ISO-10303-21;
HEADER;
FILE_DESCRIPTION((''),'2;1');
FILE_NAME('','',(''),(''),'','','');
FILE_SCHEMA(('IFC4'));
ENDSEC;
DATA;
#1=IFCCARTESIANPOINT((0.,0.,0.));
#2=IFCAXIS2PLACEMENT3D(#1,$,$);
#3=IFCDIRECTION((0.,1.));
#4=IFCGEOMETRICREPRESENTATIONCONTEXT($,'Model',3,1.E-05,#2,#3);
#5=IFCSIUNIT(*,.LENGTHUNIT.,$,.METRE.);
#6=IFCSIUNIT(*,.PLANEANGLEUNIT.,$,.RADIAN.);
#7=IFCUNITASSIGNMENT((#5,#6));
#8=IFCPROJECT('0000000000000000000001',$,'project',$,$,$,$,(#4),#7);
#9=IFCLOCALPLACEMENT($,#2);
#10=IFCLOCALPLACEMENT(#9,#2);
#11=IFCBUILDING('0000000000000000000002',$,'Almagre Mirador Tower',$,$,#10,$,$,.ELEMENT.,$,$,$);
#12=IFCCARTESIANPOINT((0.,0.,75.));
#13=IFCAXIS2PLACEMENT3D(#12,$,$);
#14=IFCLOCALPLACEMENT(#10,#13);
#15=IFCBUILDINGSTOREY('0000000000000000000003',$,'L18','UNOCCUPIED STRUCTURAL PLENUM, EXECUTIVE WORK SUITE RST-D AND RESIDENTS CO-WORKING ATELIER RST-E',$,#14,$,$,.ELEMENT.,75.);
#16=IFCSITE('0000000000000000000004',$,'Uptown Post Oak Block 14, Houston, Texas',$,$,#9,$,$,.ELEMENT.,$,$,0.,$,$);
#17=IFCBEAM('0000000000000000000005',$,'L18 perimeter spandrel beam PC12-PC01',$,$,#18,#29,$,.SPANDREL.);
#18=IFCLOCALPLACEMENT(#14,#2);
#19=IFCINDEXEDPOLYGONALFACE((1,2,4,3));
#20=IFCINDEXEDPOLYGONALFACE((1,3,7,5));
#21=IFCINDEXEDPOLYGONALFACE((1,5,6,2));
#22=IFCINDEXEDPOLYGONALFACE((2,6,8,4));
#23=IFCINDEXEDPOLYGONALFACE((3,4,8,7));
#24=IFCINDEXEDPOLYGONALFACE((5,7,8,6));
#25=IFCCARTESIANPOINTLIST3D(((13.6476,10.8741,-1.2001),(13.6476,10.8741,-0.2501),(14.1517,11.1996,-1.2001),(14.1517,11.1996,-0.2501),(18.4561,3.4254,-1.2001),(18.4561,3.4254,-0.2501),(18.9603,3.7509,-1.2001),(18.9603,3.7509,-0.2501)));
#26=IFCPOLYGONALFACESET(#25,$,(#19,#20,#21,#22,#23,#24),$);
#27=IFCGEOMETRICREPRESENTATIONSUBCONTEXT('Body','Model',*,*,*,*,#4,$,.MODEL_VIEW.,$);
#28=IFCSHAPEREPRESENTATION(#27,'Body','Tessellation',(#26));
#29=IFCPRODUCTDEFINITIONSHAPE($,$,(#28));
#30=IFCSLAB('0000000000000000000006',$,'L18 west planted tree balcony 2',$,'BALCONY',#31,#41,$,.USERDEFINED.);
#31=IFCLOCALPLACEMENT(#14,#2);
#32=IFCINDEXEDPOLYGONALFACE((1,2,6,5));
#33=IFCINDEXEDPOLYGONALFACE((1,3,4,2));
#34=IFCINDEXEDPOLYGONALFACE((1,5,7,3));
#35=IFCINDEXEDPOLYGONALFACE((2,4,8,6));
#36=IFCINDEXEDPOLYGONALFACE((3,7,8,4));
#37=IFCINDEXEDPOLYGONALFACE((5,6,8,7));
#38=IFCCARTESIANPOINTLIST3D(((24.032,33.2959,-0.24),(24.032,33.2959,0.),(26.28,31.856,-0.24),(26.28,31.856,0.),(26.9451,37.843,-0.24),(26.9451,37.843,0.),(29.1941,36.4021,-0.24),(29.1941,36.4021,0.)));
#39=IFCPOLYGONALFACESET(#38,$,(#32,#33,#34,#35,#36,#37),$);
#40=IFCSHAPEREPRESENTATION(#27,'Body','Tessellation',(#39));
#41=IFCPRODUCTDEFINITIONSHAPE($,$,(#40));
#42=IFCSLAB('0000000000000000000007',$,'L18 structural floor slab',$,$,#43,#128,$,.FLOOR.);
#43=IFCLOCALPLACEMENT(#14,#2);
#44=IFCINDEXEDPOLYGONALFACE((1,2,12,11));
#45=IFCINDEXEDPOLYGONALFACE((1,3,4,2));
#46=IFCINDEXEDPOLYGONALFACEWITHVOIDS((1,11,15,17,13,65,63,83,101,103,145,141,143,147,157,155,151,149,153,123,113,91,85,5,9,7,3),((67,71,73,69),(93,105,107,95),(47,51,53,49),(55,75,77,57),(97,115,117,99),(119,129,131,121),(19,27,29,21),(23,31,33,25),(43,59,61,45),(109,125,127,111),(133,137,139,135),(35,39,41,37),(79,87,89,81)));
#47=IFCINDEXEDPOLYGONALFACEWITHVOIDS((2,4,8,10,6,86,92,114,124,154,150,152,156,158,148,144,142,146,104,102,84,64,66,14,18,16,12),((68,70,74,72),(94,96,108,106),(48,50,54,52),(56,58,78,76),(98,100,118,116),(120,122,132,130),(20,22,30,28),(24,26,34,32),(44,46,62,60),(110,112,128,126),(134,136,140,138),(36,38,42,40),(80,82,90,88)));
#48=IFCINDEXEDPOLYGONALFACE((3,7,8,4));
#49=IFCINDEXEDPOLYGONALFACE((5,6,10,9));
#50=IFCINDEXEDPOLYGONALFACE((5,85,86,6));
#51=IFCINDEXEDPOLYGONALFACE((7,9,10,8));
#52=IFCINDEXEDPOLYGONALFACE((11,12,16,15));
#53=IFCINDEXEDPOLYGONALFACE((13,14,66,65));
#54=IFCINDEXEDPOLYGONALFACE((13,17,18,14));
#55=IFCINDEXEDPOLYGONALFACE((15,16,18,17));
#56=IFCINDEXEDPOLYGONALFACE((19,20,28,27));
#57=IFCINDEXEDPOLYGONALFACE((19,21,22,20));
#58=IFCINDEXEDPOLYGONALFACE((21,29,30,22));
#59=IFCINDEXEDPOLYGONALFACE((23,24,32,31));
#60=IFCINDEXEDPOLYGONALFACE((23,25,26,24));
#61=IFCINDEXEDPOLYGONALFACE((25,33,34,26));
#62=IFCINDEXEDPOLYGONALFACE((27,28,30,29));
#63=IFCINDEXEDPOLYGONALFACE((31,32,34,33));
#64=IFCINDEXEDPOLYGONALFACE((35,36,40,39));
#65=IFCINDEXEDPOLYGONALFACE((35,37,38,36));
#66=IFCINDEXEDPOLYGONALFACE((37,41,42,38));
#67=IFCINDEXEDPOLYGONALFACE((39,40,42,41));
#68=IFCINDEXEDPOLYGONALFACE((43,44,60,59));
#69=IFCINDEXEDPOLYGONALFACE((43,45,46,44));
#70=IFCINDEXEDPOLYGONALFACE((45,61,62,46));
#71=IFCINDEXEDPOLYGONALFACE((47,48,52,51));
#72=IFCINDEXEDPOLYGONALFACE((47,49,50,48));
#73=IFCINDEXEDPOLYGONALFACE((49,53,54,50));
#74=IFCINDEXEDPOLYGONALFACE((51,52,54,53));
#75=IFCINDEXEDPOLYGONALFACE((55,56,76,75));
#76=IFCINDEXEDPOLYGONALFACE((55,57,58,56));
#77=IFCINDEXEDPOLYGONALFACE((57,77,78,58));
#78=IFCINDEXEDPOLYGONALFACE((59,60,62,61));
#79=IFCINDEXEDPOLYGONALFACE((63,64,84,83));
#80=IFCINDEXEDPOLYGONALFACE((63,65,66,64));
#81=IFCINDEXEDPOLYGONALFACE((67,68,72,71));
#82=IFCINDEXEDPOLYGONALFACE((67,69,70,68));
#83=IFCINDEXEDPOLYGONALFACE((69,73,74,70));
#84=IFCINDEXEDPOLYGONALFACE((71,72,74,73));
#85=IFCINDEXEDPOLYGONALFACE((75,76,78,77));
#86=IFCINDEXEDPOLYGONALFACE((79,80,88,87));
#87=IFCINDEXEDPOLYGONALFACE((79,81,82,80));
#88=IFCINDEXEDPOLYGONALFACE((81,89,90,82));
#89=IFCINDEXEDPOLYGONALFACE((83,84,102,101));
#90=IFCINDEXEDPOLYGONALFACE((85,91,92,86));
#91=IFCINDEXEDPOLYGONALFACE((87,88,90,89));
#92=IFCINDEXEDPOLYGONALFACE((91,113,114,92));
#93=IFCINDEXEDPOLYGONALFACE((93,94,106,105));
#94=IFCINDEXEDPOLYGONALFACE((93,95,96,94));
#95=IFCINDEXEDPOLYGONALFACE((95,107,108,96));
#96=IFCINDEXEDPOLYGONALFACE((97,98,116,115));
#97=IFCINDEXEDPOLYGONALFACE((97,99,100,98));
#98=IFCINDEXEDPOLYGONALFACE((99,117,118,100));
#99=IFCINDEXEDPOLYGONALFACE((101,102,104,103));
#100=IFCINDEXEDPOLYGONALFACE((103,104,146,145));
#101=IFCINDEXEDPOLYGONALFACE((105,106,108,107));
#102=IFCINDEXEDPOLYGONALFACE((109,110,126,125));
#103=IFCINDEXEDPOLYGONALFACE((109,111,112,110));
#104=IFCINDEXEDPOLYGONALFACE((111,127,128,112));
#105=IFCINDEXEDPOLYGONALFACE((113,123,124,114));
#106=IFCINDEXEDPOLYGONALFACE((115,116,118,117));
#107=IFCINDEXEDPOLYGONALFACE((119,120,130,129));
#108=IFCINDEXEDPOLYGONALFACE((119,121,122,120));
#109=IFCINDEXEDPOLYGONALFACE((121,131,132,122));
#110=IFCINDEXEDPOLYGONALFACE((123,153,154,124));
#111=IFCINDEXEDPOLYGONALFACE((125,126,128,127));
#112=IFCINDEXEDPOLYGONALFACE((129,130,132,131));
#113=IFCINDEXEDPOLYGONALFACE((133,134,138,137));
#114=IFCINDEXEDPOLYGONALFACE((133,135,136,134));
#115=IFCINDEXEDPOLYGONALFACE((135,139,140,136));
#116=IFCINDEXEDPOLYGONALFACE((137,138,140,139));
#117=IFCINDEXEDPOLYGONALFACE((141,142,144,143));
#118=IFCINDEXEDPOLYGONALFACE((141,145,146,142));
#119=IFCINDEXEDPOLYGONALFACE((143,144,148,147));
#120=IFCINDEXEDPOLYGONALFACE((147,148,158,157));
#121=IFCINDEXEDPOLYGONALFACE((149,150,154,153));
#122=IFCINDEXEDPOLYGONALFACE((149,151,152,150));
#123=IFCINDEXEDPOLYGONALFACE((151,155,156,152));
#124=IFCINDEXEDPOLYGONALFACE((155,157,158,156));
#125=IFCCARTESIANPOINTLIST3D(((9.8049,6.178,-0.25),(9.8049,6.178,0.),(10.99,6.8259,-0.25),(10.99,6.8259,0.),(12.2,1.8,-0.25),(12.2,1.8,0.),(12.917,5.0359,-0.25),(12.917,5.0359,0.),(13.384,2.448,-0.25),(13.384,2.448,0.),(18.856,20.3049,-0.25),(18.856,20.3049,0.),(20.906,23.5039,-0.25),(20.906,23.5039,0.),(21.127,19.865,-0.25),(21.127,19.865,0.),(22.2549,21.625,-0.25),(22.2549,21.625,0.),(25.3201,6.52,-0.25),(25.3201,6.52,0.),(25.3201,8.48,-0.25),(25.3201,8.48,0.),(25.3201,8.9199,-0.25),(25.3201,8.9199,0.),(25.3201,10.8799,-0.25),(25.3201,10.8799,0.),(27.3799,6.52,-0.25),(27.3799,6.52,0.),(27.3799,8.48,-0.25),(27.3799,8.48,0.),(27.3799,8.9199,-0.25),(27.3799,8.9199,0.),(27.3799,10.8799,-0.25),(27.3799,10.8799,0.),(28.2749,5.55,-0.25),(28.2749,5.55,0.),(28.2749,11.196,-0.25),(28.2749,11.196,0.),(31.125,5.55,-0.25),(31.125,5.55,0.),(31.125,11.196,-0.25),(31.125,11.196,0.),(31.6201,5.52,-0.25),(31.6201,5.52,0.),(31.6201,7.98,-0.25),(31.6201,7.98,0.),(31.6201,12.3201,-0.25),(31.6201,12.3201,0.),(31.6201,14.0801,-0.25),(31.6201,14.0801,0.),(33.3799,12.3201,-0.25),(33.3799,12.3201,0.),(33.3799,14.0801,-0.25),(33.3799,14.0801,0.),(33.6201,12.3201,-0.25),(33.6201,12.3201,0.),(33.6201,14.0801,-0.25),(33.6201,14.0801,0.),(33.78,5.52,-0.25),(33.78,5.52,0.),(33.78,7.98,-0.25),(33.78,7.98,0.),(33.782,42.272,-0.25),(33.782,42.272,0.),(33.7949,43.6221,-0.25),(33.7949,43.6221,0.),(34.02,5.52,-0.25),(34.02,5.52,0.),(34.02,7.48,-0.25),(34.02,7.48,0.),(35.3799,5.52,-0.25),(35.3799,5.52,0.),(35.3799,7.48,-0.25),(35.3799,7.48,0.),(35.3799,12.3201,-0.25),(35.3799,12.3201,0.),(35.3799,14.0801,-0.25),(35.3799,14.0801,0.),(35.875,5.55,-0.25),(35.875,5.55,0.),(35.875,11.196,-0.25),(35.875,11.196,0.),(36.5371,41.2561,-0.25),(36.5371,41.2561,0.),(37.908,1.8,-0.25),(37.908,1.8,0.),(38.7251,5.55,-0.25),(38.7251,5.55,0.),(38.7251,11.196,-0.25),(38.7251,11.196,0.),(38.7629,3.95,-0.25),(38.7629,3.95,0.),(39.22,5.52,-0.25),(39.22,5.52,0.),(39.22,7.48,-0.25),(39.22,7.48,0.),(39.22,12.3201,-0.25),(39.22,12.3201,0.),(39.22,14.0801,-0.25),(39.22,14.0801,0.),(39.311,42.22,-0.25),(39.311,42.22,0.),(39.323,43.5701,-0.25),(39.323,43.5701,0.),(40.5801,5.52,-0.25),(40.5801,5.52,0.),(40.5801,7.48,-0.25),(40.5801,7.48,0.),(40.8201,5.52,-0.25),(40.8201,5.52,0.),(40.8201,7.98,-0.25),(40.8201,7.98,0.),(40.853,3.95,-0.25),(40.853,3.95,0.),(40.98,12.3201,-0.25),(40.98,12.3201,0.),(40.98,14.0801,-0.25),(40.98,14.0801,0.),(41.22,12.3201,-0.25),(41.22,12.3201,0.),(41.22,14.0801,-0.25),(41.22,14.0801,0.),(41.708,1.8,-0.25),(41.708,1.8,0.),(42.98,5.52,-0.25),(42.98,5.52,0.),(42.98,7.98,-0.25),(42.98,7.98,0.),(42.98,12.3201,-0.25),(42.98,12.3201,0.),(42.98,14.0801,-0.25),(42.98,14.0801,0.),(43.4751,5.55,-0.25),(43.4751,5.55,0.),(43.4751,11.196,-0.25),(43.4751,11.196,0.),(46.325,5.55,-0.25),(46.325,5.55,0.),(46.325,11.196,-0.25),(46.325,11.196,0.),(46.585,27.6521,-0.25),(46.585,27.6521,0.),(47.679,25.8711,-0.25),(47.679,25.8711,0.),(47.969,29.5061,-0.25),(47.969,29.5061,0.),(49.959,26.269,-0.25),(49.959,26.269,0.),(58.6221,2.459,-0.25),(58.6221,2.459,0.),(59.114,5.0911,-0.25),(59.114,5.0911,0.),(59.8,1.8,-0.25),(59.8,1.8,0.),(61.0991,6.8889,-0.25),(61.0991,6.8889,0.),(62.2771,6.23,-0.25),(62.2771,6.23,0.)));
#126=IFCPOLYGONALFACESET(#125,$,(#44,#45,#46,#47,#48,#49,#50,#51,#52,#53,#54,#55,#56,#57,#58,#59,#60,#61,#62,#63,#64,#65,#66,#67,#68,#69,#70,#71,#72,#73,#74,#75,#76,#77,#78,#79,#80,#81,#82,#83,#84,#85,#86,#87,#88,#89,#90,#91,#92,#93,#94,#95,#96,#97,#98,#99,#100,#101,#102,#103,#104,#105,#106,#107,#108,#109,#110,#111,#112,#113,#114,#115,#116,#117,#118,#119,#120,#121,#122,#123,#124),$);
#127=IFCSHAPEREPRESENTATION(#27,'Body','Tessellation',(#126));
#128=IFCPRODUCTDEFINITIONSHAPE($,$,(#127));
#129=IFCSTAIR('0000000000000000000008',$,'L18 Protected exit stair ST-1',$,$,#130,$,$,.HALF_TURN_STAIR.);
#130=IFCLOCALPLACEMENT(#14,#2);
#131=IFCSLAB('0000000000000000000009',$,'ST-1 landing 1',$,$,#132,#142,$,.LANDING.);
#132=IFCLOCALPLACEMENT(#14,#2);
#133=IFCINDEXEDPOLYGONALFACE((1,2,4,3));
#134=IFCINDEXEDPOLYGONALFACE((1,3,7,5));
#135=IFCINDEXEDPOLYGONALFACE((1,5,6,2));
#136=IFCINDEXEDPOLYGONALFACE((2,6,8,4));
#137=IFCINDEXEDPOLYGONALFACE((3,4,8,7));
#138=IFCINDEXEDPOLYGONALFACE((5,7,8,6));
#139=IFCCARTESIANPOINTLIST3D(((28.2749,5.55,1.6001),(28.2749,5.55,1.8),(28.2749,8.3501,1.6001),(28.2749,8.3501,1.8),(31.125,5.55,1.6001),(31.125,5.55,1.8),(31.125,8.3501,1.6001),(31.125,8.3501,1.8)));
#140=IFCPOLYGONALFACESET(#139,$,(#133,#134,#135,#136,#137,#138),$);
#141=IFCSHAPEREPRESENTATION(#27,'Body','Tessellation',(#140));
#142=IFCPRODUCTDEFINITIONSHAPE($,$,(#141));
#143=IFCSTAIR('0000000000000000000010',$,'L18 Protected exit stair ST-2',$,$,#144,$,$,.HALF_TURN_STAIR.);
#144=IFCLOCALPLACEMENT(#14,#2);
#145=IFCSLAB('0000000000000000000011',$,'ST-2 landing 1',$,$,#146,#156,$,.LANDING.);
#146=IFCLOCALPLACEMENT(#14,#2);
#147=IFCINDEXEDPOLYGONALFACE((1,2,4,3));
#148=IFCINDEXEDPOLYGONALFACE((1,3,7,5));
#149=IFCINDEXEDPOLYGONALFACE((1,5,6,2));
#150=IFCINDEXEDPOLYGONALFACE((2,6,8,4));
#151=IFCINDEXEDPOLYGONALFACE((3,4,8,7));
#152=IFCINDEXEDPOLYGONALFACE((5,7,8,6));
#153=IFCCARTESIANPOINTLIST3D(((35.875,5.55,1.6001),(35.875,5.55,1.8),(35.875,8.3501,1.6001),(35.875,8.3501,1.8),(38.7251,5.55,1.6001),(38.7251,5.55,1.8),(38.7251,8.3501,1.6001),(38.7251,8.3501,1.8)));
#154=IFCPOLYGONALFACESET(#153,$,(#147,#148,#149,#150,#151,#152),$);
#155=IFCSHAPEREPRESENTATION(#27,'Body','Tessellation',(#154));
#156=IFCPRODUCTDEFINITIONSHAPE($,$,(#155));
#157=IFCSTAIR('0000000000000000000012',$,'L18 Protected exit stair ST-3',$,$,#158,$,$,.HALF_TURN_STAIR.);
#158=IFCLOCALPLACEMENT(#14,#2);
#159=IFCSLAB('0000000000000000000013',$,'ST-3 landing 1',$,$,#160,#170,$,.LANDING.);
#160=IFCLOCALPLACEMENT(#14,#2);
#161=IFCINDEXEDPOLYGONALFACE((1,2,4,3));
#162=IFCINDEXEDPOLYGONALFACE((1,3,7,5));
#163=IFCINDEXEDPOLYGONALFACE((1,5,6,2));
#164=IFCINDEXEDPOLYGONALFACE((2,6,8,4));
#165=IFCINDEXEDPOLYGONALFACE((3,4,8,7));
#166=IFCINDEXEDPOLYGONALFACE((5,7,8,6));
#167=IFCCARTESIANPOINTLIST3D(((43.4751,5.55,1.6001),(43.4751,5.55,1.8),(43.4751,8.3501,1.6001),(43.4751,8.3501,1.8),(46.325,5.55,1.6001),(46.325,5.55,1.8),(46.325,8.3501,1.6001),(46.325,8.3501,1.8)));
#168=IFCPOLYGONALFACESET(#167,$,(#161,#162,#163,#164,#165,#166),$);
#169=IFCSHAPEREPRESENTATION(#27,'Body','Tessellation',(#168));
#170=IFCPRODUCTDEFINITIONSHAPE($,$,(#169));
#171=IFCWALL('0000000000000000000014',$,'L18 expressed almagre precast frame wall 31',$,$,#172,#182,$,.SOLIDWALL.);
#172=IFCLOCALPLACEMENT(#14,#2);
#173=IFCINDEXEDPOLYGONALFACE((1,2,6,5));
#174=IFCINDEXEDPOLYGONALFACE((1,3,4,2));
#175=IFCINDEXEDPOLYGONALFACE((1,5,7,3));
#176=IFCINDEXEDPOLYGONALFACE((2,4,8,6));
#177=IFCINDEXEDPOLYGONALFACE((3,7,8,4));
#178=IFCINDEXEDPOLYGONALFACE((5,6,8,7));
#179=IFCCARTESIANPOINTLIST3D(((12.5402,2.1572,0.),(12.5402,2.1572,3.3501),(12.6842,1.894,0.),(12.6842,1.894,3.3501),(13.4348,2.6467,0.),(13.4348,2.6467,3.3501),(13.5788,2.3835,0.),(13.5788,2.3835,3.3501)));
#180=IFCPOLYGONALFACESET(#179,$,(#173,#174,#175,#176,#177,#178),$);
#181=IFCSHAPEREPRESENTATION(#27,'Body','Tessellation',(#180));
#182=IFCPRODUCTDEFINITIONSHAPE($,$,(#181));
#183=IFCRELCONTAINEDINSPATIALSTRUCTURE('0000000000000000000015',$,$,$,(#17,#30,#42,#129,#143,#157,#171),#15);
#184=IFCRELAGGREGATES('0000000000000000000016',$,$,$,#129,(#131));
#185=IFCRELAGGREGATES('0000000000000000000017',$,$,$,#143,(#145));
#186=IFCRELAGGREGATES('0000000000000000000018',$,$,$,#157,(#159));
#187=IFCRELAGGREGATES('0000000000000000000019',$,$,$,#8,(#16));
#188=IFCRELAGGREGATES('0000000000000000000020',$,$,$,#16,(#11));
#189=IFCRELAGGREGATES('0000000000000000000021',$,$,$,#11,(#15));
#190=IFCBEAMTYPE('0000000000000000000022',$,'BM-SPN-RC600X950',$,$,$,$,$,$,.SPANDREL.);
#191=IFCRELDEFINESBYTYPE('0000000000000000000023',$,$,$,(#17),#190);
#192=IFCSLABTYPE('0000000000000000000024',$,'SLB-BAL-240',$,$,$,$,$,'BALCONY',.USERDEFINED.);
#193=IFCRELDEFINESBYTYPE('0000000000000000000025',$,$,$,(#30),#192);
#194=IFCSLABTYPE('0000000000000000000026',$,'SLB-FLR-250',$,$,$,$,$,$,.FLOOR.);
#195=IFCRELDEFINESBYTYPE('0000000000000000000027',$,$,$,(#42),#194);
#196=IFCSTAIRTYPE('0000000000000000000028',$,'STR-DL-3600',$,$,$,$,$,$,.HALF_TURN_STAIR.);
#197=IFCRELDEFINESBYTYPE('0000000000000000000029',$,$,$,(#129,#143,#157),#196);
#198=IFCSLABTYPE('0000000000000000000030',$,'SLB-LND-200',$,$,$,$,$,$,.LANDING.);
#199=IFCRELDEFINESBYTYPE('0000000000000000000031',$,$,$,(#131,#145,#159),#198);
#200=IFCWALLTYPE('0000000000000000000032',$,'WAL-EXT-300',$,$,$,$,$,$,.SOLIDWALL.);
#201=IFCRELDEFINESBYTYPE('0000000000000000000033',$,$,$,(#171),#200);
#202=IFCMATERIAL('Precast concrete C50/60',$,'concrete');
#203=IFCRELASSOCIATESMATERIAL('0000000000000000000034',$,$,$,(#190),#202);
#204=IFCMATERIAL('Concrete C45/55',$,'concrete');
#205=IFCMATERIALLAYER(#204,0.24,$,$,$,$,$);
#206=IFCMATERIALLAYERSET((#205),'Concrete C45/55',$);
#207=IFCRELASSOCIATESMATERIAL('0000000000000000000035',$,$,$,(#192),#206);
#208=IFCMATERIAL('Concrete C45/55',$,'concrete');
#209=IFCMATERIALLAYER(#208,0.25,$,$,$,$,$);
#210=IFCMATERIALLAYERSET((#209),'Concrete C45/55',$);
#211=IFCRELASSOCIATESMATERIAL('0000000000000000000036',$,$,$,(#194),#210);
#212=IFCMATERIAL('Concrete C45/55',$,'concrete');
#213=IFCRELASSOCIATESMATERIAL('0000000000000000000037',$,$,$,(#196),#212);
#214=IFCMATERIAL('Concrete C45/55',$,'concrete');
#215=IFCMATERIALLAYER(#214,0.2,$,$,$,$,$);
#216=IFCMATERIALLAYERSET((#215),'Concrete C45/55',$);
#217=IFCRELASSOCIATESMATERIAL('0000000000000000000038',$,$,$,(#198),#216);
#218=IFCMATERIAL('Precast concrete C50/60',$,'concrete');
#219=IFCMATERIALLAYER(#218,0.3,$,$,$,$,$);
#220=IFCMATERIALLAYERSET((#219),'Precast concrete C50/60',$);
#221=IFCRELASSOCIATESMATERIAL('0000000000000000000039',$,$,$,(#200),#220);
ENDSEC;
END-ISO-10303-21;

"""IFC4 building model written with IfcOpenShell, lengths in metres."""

from ifc_helpers import new_model, si_unit, direction, frame, frame_2d, origin, origin_2d, place, context, subcontext, project, spatial, polyline, rectangle, outline, extrude, material, layer, layer_set, material_profile, profile_set, type_object, element, aggregate, save


model = new_model("IFC4")

# Units and contexts
model_context = context("Model", 3, precision=1e-05, world=origin(), true_north=direction((0.0, 1.0)))
body_context = subcontext(model_context, "Body", "Model", "MODEL_VIEW")
ifc_project = project(units=[si_unit("LENGTHUNIT", "METRE"), si_unit("PLANEANGLEUNIT", "RADIAN")], contexts=[model_context])

# Site, building, storey
site_placement = place(None, origin())
site = spatial("IfcSite", under=ifc_project, at=site_placement, Name="Uptown Post Oak Block 14, Houston, Texas", CompositionType="ELEMENT", RefElevation=0.0)
building_placement = place(site_placement, origin())
building = spatial("IfcBuilding", under=site, at=building_placement, Name="Almagre Mirador Tower", CompositionType="ELEMENT")
storey_placement = place(building_placement, frame((0.0, 0.0, 75.0)))
storey = spatial("IfcBuildingStorey", under=building, at=storey_placement, Name="L18", Description="UNOCCUPIED STRUCTURAL PLENUM, EXECUTIVE WORK SUITE RST-D AND RESIDENTS CO-WORKING ATELIER RST-E", CompositionType="ELEMENT", Elevation=75.0)

# Beam
ifc_material_1 = material(Name="Precast concrete C50/60", Category="concrete")
ifc_material_profile = material_profile(ifc_material_1, rectangle(XDim=0.6001, YDim=0.95, at=origin_2d()), Name="RC600X950")
ifc_profile_set = profile_set([ifc_material_profile], Name="Precast concrete C50/60")
beam_type = type_object("IfcBeamType", Name="BM-SPN-RC600X950", PredefinedType="SPANDREL", material=ifc_profile_set)
beam_placement = place(storey_placement, frame((13.8997, 11.0369, -0.7251), z_axis=(0.542363, -0.840144, 0.0), x_axis=(0.840144, 0.542363, 0.0)))
element("IfcBeam", 1, at=beam_placement, inside=storey, type_object=beam_type, Name="L18 perimeter spandrel beam PC12-PC01", PredefinedType="SPANDREL", context=body_context, shape_type="SweptSolid", body=[
    extrude(rectangle(XDim=0.6001, YDim=0.95, at=origin_2d()), origin(), (0.0, 0.0, 1.0), 8.866),
])

# Slabs
ifc_material_2 = material(Name="Concrete C45/55", Category="concrete")
ifc_layer_1 = layer(ifc_material_2, 0.24)
ifc_layer_set_1 = layer_set([ifc_layer_1], Name="Concrete C45/55")
slab_type_1 = type_object("IfcSlabType", Name="SLB-BAL-240", ElementType="BALCONY", PredefinedType="USERDEFINED", material=ifc_layer_set_1)
slab_1_placement = place(storey_placement, frame((0.0, 0.0, -0.24)))
element("IfcSlab", 2, at=slab_1_placement, inside=storey, type_object=slab_type_1, Name="L18 west planted tree balcony 2", ObjectType="BALCONY", PredefinedType="USERDEFINED", context=body_context, shape_type="SweptSolid", body=[
    extrude(outline(polyline([(29.1941, 36.4021), (26.28, 31.856), (24.032, 33.2959), (26.9451, 37.843), (29.1941, 36.4021)])), origin(), (0.0, 0.0, 1.0), 0.24),
])
ifc_material_3 = material(Name="Concrete C45/55", Category="concrete")
ifc_layer_2 = layer(ifc_material_3, 0.25)
ifc_layer_set_2 = layer_set([ifc_layer_2], Name="Concrete C45/55")
slab_type_2 = type_object("IfcSlabType", Name="SLB-FLR-250", PredefinedType="FLOOR", material=ifc_layer_set_2)
slab_2_placement = place(storey_placement, frame((0.0, 0.0, -0.25)))
element("IfcSlab", 3, at=slab_2_placement, inside=storey, type_object=slab_type_2, Name="L18 structural floor slab", PredefinedType="FLOOR", context=body_context, shape_type="SweptSolid", body=[
    extrude(outline(polyline([(9.8049, 6.178), (10.99, 6.8259), (12.917, 5.0359), (13.384, 2.448), (12.2, 1.8), (37.908, 1.8), (38.7629, 3.95), (40.853, 3.95), (41.708, 1.8), (59.8, 1.8), (58.6221, 2.459), (59.114, 5.0911), (61.0991, 6.8889), (62.2771, 6.23), (49.959, 26.269), (47.679, 25.8711), (46.585, 27.6521), (47.969, 29.5061), (39.323, 43.5701), (39.311, 42.22), (36.5371, 41.2561), (33.782, 42.272), (33.7949, 43.6221), (20.906, 23.5039), (22.2549, 21.625), (21.127, 19.865), (18.856, 20.3049), (9.8049, 6.178)]), holes=[polyline([(43.4751, 11.196), (46.325, 11.196), (46.325, 5.55), (43.4751, 5.55), (43.4751, 11.196)]), polyline([(40.8201, 5.52), (40.8201, 7.98), (42.98, 7.98), (42.98, 5.52), (40.8201, 5.52)]), polyline([(41.22, 12.3201), (41.22, 14.0801), (42.98, 14.0801), (42.98, 12.3201), (41.22, 12.3201)]), polyline([(39.22, 12.3201), (39.22, 14.0801), (40.98, 14.0801), (40.98, 12.3201), (39.22, 12.3201)]), polyline([(39.22, 5.52), (39.22, 7.48), (40.5801, 7.48), (40.5801, 5.52), (39.22, 5.52)]), polyline([(35.875, 11.196), (38.7251, 11.196), (38.7251, 5.55), (35.875, 5.55), (35.875, 11.196)]), polyline([(35.3799, 5.52), (34.02, 5.52), (34.02, 7.48), (35.3799, 7.48), (35.3799, 5.52)]), polyline([(35.3799, 12.3201), (33.6201, 12.3201), (33.6201, 14.0801), (35.3799, 14.0801), (35.3799, 12.3201)]), polyline([(31.6201, 5.52), (31.6201, 7.98), (33.78, 7.98), (33.78, 5.52), (31.6201, 5.52)]), polyline([(31.6201, 12.3201), (31.6201, 14.0801), (33.3799, 14.0801), (33.3799, 12.3201), (31.6201, 12.3201)]), polyline([(28.2749, 5.55), (28.2749, 11.196), (31.125, 11.196), (31.125, 5.55), (28.2749, 5.55)]), polyline([(25.3201, 6.52), (25.3201, 8.48), (27.3799, 8.48), (27.3799, 6.52), (25.3201, 6.52)]), polyline([(25.3201, 8.9199), (25.3201, 10.8799), (27.3799, 10.8799), (27.3799, 8.9199), (25.3201, 8.9199)])]), origin(), (0.0, 0.0, 1.0), 0.25),
])

# Stairs, slabs
ifc_material_4 = material(Name="Concrete C45/55", Category="concrete")
stair_type = type_object("IfcStairType", Name="STR-DL-3600", PredefinedType="HALF_TURN_STAIR", material=ifc_material_4)
stair_1_placement = place(storey_placement, origin())
stair_1 = element("IfcStair", 4, at=stair_1_placement, inside=storey, type_object=stair_type, Name="L18 Protected exit stair ST-1", PredefinedType="HALF_TURN_STAIR")
ifc_material_5 = material(Name="Concrete C45/55", Category="concrete")
ifc_layer_3 = layer(ifc_material_5, 0.2)
ifc_layer_set_3 = layer_set([ifc_layer_3], Name="Concrete C45/55")
slab_type_3 = type_object("IfcSlabType", Name="SLB-LND-200", PredefinedType="LANDING", material=ifc_layer_set_3)
slab_3_placement = place(storey_placement, frame((0.0, 0.0, 1.6001)))
slab_3 = element("IfcSlab", 5, at=slab_3_placement, type_object=slab_type_3, Name="ST-1 landing 1", PredefinedType="LANDING", context=body_context, shape_type="SweptSolid", body=[
    extrude(outline(polyline([(28.2749, 8.3501), (28.2749, 5.55), (31.125, 5.55), (31.125, 8.3501), (28.2749, 8.3501)])), origin(), (0.0, 0.0, 1.0), 0.2),
])
aggregate(stair_1, [slab_3])
stair_2_placement = place(storey_placement, origin())
stair_2 = element("IfcStair", 6, at=stair_2_placement, inside=storey, type_object=stair_type, Name="L18 Protected exit stair ST-2", PredefinedType="HALF_TURN_STAIR")
slab_4_placement = place(storey_placement, frame((0.0, 0.0, 1.6001)))
slab_4 = element("IfcSlab", 7, at=slab_4_placement, type_object=slab_type_3, Name="ST-2 landing 1", PredefinedType="LANDING", context=body_context, shape_type="SweptSolid", body=[
    extrude(outline(polyline([(35.875, 8.3501), (35.875, 5.55), (38.7251, 5.55), (38.7251, 8.3501), (35.875, 8.3501)])), origin(), (0.0, 0.0, 1.0), 0.2),
])
aggregate(stair_2, [slab_4])
stair_3_placement = place(storey_placement, origin())
stair_3 = element("IfcStair", 8, at=stair_3_placement, inside=storey, type_object=stair_type, Name="L18 Protected exit stair ST-3", PredefinedType="HALF_TURN_STAIR")
slab_5_placement = place(storey_placement, frame((0.0, 0.0, 1.6001)))
slab_5 = element("IfcSlab", 9, at=slab_5_placement, type_object=slab_type_3, Name="ST-3 landing 1", PredefinedType="LANDING", context=body_context, shape_type="SweptSolid", body=[
    extrude(outline(polyline([(43.4751, 8.3501), (43.4751, 5.55), (46.325, 5.55), (46.325, 8.3501), (43.4751, 8.3501)])), origin(), (0.0, 0.0, 1.0), 0.2),
])
aggregate(stair_3, [slab_5])

# Wall
ifc_material_6 = material(Name="Precast concrete C50/60", Category="concrete")
ifc_layer_4 = layer(ifc_material_6, 0.3)
ifc_layer_set_4 = layer_set([ifc_layer_4], Name="Precast concrete C50/60")
wall_type_1 = type_object("IfcWallType", Name="WAL-EXT-300", PredefinedType="SOLIDWALL", material=ifc_layer_set_4)
wall_1_placement = place(storey_placement, frame((12.6123, 2.0256, 0.0), z_axis=(0.0, 0.0, 1.0), x_axis=(0.877245, 0.480043, 0.0)))
element("IfcWall", 10, at=wall_1_placement, inside=storey, type_object=wall_type_1, Name="L18 expressed almagre precast frame wall 31", PredefinedType="SOLIDWALL", context=body_context, shape_type="SweptSolid", body=[
    extrude(rectangle(XDim=1.0198, YDim=0.3, at=frame_2d((0.5098, 0.0))), origin(), (0.0, 0.0, 1.0), 3.3501),
])

save(model, "model.ifc")
